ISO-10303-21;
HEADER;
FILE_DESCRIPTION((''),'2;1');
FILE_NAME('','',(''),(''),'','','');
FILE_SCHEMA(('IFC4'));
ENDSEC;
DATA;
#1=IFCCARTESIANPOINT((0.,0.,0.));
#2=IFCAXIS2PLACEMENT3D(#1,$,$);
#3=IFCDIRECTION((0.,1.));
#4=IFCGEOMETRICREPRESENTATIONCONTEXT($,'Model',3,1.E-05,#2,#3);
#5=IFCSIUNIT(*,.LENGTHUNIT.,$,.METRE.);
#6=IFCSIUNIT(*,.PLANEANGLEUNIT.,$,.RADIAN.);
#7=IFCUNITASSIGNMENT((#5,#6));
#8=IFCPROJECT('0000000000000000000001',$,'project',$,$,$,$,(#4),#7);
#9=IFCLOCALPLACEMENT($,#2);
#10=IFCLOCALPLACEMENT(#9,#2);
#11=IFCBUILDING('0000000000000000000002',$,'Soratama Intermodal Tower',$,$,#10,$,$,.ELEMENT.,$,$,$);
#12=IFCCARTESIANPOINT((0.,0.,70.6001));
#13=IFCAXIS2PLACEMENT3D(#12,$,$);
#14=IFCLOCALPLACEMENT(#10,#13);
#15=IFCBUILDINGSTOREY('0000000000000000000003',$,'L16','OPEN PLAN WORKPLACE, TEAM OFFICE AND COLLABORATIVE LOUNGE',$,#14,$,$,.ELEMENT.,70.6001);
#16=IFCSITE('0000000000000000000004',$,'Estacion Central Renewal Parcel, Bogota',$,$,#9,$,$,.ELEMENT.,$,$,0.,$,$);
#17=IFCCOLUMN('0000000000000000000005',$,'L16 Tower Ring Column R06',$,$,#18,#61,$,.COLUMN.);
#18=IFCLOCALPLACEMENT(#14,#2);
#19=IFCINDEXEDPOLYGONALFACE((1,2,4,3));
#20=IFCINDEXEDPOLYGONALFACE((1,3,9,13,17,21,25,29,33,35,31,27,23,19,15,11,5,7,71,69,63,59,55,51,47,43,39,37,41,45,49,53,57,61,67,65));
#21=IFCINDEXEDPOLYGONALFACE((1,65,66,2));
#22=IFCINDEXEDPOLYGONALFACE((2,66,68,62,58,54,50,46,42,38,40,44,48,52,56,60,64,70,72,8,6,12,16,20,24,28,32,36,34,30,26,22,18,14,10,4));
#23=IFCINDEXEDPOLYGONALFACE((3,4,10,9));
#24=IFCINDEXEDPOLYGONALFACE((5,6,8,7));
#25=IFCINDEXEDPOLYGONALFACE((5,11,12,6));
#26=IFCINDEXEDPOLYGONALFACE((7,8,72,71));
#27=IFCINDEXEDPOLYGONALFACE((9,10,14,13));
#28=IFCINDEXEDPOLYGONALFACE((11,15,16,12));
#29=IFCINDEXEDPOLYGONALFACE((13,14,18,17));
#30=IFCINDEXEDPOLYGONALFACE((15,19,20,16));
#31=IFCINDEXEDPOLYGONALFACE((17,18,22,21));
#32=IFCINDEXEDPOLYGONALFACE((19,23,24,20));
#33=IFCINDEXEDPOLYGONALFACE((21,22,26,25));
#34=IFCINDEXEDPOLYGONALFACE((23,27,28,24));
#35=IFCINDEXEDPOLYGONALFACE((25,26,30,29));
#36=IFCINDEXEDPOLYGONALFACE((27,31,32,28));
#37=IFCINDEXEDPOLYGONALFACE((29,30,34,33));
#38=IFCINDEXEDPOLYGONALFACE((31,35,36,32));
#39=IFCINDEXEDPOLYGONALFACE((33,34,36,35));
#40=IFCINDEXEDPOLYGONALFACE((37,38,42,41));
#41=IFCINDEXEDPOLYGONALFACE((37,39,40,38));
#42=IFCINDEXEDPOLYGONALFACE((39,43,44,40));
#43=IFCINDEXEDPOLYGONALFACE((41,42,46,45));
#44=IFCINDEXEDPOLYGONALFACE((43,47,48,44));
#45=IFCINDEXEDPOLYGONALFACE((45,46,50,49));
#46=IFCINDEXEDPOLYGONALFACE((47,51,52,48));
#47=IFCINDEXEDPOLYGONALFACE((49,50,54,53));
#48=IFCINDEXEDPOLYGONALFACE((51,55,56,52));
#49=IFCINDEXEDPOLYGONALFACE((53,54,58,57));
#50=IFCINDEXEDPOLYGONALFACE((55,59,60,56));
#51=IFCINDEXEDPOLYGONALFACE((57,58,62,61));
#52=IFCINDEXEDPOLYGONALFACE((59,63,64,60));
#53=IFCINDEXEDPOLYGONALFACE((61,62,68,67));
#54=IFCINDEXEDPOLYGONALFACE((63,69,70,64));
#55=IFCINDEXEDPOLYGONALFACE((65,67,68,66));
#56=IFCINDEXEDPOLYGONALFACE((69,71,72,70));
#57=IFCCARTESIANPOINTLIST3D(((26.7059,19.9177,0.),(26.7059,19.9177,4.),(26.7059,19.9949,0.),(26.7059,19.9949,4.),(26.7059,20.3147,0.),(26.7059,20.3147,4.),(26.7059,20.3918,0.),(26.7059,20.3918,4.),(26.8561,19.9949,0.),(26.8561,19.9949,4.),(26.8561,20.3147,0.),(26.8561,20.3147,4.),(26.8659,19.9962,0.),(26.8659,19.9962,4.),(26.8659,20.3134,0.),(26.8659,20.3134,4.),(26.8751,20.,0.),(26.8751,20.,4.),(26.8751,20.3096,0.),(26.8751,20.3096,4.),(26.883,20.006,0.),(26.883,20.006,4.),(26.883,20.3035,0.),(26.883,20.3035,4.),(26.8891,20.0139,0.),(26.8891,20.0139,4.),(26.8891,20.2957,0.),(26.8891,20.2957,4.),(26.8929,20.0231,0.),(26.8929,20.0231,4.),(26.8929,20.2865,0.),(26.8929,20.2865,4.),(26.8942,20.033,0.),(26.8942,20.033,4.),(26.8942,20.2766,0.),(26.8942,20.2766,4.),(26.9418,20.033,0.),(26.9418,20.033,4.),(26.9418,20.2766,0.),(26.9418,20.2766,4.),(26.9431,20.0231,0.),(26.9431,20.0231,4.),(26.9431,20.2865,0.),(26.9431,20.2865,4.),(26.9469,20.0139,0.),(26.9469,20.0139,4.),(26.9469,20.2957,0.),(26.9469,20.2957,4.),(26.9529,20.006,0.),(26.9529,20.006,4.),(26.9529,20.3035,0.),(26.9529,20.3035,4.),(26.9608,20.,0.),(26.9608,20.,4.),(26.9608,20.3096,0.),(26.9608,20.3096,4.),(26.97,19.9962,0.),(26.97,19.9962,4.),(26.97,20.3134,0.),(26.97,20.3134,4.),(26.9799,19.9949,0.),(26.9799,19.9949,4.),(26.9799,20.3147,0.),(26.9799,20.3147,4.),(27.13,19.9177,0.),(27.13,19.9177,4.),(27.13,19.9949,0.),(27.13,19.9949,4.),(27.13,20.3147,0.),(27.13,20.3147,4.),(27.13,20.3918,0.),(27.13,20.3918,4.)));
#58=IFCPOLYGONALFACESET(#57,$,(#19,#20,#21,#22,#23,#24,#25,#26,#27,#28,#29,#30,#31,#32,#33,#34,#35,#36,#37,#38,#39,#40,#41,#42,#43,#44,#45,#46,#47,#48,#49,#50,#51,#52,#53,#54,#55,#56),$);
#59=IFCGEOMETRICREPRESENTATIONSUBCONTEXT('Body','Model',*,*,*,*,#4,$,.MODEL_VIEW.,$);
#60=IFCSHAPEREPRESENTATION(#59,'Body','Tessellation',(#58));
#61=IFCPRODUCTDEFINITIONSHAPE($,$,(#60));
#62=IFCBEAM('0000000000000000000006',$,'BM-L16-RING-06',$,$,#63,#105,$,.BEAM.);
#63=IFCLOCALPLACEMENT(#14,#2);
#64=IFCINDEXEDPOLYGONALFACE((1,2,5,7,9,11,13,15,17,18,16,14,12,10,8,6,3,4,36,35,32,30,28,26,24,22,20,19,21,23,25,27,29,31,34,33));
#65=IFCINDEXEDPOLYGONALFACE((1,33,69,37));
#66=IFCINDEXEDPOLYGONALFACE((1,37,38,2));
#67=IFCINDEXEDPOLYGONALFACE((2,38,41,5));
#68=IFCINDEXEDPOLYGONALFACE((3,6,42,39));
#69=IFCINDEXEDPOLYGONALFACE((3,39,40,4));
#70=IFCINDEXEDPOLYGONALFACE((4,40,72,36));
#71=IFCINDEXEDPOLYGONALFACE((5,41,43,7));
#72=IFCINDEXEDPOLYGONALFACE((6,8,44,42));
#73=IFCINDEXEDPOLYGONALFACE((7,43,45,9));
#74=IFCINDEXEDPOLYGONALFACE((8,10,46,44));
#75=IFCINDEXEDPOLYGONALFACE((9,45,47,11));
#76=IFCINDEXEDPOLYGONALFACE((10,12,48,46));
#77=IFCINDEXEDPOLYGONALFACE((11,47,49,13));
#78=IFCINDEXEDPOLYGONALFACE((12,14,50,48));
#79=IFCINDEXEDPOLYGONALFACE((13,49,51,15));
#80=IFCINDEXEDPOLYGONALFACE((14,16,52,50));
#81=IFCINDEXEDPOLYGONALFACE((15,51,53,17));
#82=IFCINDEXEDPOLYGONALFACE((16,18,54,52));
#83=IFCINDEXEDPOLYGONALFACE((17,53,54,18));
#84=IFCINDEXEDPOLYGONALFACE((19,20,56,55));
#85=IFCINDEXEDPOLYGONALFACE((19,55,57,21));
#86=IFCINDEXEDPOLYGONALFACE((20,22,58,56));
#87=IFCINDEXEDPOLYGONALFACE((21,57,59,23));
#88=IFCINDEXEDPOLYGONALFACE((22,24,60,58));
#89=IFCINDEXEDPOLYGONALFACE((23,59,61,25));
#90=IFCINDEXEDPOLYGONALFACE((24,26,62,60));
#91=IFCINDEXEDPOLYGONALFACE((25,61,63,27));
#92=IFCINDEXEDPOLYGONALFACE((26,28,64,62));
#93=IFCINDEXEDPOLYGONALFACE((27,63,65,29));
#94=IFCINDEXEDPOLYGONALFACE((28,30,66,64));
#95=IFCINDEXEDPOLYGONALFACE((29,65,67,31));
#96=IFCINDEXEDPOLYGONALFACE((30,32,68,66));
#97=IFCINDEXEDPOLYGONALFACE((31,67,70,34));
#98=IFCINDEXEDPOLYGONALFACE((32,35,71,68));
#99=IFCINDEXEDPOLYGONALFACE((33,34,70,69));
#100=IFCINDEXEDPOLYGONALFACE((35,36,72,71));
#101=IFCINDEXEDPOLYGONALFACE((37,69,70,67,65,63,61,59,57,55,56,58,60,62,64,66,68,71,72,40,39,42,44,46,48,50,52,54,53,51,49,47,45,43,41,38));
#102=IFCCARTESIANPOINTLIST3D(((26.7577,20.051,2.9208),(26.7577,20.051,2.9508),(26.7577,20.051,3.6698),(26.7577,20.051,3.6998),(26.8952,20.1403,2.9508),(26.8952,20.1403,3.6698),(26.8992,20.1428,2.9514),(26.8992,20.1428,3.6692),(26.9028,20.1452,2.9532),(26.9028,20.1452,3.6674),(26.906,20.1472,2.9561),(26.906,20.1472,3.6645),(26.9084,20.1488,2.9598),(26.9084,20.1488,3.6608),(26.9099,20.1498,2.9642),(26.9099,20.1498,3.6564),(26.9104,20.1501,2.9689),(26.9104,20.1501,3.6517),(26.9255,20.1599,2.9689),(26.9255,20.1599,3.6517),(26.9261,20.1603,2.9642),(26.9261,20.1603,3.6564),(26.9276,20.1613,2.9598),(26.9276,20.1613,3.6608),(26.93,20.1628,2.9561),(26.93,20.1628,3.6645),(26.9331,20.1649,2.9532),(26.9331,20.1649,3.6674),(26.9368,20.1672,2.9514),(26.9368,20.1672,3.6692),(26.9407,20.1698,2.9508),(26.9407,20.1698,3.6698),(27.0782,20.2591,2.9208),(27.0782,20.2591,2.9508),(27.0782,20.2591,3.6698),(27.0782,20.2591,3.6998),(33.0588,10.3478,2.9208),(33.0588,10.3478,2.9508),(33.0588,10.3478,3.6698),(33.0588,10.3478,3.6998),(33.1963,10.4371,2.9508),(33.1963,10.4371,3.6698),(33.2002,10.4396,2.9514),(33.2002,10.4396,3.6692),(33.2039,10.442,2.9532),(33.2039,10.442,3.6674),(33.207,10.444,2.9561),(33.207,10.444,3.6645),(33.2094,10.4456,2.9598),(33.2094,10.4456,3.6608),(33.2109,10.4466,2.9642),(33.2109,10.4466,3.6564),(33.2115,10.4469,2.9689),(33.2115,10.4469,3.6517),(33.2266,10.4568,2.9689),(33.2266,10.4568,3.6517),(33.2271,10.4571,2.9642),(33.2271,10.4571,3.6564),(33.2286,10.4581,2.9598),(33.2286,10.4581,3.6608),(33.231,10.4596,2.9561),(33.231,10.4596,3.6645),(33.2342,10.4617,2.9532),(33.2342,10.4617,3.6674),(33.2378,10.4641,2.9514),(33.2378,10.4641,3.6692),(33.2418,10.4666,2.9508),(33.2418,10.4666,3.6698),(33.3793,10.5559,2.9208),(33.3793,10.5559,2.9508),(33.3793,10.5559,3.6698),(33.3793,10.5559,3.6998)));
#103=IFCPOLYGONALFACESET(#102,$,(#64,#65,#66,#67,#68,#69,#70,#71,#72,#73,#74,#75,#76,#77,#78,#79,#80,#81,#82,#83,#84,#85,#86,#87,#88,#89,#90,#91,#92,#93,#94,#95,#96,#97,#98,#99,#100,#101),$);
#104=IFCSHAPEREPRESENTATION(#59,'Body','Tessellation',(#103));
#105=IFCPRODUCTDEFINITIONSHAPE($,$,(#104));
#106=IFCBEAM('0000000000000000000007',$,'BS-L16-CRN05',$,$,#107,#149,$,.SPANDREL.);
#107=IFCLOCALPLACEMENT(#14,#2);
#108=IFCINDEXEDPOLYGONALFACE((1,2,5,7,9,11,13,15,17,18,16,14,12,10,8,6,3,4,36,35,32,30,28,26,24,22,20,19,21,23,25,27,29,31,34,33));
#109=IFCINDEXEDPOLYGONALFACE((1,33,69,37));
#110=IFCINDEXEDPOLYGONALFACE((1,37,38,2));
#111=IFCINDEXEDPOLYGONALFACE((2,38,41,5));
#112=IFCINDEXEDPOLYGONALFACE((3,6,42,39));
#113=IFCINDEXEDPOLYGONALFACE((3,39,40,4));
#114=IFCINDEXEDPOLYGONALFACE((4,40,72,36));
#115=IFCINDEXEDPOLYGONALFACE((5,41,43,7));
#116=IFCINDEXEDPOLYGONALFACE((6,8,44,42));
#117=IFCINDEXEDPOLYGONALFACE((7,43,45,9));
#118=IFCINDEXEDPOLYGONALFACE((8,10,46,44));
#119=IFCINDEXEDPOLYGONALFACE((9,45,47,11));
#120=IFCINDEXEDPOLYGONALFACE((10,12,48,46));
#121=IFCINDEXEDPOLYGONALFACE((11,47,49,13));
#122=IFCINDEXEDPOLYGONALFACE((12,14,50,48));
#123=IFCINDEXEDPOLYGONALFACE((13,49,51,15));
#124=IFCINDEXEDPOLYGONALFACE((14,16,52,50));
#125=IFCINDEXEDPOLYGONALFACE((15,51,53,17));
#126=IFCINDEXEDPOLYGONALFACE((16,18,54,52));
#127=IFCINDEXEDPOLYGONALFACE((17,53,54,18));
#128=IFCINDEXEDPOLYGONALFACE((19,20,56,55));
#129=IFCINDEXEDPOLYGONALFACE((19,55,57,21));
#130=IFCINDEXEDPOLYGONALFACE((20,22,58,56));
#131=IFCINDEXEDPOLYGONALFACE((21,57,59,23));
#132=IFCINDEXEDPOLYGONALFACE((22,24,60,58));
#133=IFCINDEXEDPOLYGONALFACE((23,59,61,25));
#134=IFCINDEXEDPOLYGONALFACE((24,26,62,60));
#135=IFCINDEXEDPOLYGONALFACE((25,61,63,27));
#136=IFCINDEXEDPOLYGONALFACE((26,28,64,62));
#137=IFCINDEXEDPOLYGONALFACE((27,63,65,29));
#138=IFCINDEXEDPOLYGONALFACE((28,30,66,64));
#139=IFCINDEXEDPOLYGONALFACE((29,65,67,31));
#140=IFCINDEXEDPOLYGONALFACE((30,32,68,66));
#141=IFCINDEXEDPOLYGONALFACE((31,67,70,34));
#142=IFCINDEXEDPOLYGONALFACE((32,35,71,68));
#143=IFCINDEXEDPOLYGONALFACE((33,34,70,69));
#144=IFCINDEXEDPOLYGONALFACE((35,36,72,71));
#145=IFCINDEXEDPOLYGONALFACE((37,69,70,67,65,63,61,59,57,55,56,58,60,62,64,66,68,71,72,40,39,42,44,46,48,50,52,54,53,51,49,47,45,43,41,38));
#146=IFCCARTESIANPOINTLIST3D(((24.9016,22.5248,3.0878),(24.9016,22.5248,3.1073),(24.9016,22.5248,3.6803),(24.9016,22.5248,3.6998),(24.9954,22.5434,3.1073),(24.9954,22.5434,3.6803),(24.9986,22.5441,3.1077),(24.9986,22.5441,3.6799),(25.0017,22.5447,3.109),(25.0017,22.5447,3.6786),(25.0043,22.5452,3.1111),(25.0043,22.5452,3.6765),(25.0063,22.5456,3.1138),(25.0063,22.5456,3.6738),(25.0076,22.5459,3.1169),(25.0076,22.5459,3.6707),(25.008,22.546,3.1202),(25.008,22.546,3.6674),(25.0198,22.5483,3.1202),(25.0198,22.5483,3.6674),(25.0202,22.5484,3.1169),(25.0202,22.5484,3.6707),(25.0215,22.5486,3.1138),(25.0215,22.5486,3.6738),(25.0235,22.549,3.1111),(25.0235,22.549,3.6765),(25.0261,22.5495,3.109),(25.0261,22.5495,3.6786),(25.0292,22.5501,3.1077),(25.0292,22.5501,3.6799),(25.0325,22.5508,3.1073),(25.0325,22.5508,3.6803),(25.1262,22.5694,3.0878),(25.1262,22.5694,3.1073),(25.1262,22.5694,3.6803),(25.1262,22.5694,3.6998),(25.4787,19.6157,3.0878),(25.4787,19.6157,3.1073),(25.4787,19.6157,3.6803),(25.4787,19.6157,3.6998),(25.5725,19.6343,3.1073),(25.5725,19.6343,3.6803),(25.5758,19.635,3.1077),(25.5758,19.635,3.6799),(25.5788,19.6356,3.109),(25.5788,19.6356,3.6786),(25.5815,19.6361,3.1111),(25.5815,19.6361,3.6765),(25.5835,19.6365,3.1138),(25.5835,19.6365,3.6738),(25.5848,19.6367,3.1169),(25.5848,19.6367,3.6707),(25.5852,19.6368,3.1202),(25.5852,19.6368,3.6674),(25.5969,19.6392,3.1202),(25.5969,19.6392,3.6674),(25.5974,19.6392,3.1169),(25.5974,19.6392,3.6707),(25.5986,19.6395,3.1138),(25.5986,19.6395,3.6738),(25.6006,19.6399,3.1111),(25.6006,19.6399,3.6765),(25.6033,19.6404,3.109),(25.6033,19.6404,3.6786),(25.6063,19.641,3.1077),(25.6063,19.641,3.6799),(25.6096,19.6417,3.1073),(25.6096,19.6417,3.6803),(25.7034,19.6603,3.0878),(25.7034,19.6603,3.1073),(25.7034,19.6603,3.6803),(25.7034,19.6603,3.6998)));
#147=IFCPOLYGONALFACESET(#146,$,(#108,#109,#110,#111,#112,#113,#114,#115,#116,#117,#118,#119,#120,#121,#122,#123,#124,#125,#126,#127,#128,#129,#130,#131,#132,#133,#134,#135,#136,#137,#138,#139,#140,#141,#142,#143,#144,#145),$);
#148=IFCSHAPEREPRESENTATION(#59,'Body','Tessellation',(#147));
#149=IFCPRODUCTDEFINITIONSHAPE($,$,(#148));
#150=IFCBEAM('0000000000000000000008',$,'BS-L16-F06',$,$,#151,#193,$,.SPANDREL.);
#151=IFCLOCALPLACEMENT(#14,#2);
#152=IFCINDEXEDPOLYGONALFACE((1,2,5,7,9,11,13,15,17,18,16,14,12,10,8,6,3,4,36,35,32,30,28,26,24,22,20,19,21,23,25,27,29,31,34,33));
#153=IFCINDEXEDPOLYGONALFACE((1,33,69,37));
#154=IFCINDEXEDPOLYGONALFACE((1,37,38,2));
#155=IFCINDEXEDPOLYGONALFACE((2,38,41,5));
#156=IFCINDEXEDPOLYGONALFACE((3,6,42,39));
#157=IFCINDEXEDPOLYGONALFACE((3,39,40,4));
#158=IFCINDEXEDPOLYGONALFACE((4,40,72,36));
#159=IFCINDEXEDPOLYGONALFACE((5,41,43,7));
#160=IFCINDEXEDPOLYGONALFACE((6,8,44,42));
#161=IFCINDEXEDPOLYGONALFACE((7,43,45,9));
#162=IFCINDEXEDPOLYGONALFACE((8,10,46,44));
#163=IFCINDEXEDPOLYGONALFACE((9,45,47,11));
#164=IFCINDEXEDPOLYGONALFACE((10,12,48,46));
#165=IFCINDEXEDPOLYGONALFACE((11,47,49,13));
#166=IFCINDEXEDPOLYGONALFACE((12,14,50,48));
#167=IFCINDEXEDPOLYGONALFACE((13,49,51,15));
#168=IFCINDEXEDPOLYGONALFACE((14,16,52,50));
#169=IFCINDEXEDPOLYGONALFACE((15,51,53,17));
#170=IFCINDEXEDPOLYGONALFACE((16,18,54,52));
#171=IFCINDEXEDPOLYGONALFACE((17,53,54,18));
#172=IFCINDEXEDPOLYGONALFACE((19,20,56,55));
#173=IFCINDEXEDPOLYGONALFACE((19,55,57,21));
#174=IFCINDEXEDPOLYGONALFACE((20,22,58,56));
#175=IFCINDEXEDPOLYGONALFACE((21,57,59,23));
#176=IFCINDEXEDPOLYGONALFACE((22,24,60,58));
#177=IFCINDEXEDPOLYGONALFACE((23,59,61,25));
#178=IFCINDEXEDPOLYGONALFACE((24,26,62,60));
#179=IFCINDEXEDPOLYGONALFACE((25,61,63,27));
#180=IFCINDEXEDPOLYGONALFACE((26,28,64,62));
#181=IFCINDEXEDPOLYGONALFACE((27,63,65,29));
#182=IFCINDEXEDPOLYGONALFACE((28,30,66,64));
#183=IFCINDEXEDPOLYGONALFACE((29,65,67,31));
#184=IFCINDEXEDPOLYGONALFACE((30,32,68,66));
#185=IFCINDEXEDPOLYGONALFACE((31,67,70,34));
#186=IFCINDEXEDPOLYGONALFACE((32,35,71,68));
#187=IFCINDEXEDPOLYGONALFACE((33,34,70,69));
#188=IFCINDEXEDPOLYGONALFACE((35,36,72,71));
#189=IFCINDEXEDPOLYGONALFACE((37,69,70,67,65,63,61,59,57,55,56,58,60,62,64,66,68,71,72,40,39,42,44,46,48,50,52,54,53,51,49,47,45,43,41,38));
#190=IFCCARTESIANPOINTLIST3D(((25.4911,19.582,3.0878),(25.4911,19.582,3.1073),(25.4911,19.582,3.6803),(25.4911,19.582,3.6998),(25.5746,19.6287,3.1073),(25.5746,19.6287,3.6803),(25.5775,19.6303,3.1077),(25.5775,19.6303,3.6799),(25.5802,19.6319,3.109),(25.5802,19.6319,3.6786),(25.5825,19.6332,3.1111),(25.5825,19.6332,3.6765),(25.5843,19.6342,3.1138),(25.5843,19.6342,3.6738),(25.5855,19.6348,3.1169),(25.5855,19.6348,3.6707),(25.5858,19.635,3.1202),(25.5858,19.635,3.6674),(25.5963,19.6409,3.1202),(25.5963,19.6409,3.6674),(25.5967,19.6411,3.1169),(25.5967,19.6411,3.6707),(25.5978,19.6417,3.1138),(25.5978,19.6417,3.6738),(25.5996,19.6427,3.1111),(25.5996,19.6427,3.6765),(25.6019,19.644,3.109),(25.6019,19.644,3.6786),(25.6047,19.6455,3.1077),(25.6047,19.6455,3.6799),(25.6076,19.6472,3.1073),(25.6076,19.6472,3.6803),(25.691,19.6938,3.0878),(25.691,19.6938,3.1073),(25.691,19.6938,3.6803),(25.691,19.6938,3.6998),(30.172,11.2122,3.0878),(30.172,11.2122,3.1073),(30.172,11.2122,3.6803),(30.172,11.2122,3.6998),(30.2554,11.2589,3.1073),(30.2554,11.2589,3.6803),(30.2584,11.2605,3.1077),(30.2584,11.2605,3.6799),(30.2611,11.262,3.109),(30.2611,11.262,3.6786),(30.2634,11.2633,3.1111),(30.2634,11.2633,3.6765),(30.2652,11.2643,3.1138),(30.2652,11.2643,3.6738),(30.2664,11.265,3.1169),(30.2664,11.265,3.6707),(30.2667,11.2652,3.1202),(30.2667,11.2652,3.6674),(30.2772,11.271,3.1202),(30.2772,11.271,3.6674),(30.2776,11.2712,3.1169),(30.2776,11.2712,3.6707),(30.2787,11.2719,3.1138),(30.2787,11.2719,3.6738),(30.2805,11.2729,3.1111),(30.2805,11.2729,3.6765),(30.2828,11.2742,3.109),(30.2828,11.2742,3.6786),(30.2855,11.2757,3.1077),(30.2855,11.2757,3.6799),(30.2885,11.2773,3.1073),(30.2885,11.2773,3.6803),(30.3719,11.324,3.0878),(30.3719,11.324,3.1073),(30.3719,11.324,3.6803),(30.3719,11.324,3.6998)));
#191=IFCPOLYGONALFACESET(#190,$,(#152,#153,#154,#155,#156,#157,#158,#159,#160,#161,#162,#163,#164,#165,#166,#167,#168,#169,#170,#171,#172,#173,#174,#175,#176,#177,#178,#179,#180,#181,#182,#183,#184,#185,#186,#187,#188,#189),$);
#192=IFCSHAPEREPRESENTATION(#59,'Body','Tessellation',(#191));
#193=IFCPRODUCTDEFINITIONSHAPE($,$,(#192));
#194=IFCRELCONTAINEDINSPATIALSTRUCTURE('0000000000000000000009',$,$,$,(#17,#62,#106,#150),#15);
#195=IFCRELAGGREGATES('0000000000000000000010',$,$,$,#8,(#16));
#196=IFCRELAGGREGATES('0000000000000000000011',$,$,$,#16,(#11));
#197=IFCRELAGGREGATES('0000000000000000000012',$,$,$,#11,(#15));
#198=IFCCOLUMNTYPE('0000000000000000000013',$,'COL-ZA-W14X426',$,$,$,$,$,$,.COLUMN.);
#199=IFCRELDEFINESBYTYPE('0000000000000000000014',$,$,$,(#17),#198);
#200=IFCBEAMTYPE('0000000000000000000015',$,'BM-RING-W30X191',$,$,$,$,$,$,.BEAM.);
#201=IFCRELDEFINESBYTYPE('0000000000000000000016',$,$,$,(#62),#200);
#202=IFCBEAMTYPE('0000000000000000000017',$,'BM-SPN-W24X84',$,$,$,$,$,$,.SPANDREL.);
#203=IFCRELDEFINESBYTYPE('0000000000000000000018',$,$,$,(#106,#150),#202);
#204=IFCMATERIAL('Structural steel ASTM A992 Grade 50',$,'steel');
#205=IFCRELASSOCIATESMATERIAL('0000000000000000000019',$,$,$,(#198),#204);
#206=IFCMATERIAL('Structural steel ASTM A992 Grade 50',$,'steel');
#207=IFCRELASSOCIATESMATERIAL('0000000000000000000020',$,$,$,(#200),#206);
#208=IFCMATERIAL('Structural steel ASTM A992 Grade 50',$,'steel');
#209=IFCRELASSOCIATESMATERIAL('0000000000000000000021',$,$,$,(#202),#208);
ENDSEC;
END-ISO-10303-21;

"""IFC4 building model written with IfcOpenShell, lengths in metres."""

from ifc_helpers import new_model, si_unit, direction, frame, origin, origin_2d, place, context, subcontext, project, spatial, i_section, extrude, material, material_profile, profile_set, type_object, element, save


model = new_model("IFC4")

# Units and contexts
model_context = context("Model", 3, precision=1e-05, world=origin(), true_north=direction((0.0, 1.0)))
body_context = subcontext(model_context, "Body", "Model", "MODEL_VIEW")
ifc_project = project(units=[si_unit("LENGTHUNIT", "METRE"), si_unit("PLANEANGLEUNIT", "RADIAN")], contexts=[model_context])

# Site, building, storey
site_placement = place(None, origin())
site = spatial("IfcSite", under=ifc_project, at=site_placement, Name="Estacion Central Renewal Parcel, Bogota", CompositionType="ELEMENT", RefElevation=0.0)
building_placement = place(site_placement, origin())
building = spatial("IfcBuilding", under=site, at=building_placement, Name="Soratama Intermodal Tower", CompositionType="ELEMENT")
storey_placement = place(building_placement, frame((0.0, 0.0, 70.6001)))
storey = spatial("IfcBuildingStorey", under=building, at=storey_placement, Name="L16", Description="OPEN PLAN WORKPLACE, TEAM OFFICE AND COLLABORATIVE LOUNGE", CompositionType="ELEMENT", Elevation=70.6001)

# Column
ifc_material_1 = material(Name="Structural steel ASTM A992 Grade 50", Category="steel")
ifc_material_profile_1 = material_profile(ifc_material_1, i_section(OverallWidth=0.4241, OverallDepth=0.4741, WebThickness=0.0476, FlangeThickness=0.0771, FilletRadius=0.0381, at=origin_2d()), Name="W14X426")
ifc_profile_set_1 = profile_set([ifc_material_profile_1], Name="Structural steel ASTM A992 Grade 50")
column_type = type_object("IfcColumnType", Name="COL-ZA-W14X426", PredefinedType="COLUMN", material=ifc_profile_set_1)
column_placement = place(storey_placement, frame((26.918, 20.1548, 0.0), z_axis=(0.0, 0.0, 1.0), x_axis=(1.0, 0.0, 0.0)))
element("IfcColumn", 1, at=column_placement, inside=storey, type_object=column_type, Name="L16 Tower Ring Column R06", PredefinedType="COLUMN", context=body_context, shape_type="SweptSolid", body=[
    extrude(i_section(OverallWidth=0.4241, OverallDepth=0.4741, WebThickness=0.0476, FlangeThickness=0.0771, FilletRadius=0.0381, at=origin_2d()), origin(), (0.0, 0.0, 1.0), 4.0),
])

# Beams
ifc_material_2 = material(Name="Structural steel ASTM A992 Grade 50", Category="steel")
ifc_material_profile_2 = material_profile(ifc_material_2, i_section(OverallWidth=0.3821, OverallDepth=0.7791, WebThickness=0.0181, FlangeThickness=0.03, FilletRadius=0.0181, at=origin_2d()), Name="W30X191")
ifc_profile_set_2 = profile_set([ifc_material_profile_2], Name="Structural steel ASTM A992 Grade 50")
beam_type_1 = type_object("IfcBeamType", Name="BM-RING-W30X191", PredefinedType="BEAM", material=ifc_profile_set_2)
beam_1_placement = place(storey_placement, frame((26.918, 20.155, 3.3103), z_axis=(0.544623, -0.838681, 0.0), x_axis=(0.838681, 0.544623, 0.0)))
element("IfcBeam", 2, at=beam_1_placement, inside=storey, type_object=beam_type_1, Name="BM-L16-RING-06", PredefinedType="BEAM", context=body_context, shape_type="SweptSolid", body=[
    extrude(i_section(OverallWidth=0.3821, OverallDepth=0.7791, WebThickness=0.0181, FlangeThickness=0.03, FilletRadius=0.0181, at=origin_2d()), origin(), (0.0, 0.0, 1.0), 11.5696),
])
ifc_material_3 = material(Name="Structural steel ASTM A992 Grade 50", Category="steel")
ifc_material_profile_3 = material_profile(ifc_material_3, i_section(OverallWidth=0.229, OverallDepth=0.6121, WebThickness=0.012, FlangeThickness=0.0195, FilletRadius=0.0129, at=origin_2d()), Name="W24X84")
ifc_profile_set_3 = profile_set([ifc_material_profile_3], Name="Structural steel ASTM A992 Grade 50")
beam_type_2 = type_object("IfcBeamType", Name="BM-SPN-W24X84", PredefinedType="SPANDREL", material=ifc_profile_set_3)
beam_2_placement = place(storey_placement, frame((25.0139, 22.5471, 3.3938), z_axis=(0.194596, -0.980883, 0.0), x_axis=(0.980883, 0.194596, 0.0)))
element("IfcBeam", 3, at=beam_2_placement, inside=storey, type_object=beam_type_2, Name="BS-L16-CRN05", PredefinedType="SPANDREL", context=body_context, shape_type="SweptSolid", body=[
    extrude(i_section(OverallWidth=0.229, OverallDepth=0.6121, WebThickness=0.012, FlangeThickness=0.0195, FilletRadius=0.0129, at=origin_2d()), origin(), (0.0, 0.0, 1.0), 2.9658),
])
beam_3_placement = place(storey_placement, frame((25.5911, 19.6379, 3.3938), z_axis=(0.488109, -0.872782, 0.0), x_axis=(0.872782, 0.488109, 0.0)))
element("IfcBeam", 4, at=beam_3_placement, inside=storey, type_object=beam_type_2, Name="BS-L16-F06", PredefinedType="SPANDREL", context=body_context, shape_type="SweptSolid", body=[
    extrude(i_section(OverallWidth=0.229, OverallDepth=0.6121, WebThickness=0.012, FlangeThickness=0.0195, FilletRadius=0.0129, at=origin_2d()), origin(), (0.0, 0.0, 1.0), 9.5898),
])

save(model, "model.ifc")
